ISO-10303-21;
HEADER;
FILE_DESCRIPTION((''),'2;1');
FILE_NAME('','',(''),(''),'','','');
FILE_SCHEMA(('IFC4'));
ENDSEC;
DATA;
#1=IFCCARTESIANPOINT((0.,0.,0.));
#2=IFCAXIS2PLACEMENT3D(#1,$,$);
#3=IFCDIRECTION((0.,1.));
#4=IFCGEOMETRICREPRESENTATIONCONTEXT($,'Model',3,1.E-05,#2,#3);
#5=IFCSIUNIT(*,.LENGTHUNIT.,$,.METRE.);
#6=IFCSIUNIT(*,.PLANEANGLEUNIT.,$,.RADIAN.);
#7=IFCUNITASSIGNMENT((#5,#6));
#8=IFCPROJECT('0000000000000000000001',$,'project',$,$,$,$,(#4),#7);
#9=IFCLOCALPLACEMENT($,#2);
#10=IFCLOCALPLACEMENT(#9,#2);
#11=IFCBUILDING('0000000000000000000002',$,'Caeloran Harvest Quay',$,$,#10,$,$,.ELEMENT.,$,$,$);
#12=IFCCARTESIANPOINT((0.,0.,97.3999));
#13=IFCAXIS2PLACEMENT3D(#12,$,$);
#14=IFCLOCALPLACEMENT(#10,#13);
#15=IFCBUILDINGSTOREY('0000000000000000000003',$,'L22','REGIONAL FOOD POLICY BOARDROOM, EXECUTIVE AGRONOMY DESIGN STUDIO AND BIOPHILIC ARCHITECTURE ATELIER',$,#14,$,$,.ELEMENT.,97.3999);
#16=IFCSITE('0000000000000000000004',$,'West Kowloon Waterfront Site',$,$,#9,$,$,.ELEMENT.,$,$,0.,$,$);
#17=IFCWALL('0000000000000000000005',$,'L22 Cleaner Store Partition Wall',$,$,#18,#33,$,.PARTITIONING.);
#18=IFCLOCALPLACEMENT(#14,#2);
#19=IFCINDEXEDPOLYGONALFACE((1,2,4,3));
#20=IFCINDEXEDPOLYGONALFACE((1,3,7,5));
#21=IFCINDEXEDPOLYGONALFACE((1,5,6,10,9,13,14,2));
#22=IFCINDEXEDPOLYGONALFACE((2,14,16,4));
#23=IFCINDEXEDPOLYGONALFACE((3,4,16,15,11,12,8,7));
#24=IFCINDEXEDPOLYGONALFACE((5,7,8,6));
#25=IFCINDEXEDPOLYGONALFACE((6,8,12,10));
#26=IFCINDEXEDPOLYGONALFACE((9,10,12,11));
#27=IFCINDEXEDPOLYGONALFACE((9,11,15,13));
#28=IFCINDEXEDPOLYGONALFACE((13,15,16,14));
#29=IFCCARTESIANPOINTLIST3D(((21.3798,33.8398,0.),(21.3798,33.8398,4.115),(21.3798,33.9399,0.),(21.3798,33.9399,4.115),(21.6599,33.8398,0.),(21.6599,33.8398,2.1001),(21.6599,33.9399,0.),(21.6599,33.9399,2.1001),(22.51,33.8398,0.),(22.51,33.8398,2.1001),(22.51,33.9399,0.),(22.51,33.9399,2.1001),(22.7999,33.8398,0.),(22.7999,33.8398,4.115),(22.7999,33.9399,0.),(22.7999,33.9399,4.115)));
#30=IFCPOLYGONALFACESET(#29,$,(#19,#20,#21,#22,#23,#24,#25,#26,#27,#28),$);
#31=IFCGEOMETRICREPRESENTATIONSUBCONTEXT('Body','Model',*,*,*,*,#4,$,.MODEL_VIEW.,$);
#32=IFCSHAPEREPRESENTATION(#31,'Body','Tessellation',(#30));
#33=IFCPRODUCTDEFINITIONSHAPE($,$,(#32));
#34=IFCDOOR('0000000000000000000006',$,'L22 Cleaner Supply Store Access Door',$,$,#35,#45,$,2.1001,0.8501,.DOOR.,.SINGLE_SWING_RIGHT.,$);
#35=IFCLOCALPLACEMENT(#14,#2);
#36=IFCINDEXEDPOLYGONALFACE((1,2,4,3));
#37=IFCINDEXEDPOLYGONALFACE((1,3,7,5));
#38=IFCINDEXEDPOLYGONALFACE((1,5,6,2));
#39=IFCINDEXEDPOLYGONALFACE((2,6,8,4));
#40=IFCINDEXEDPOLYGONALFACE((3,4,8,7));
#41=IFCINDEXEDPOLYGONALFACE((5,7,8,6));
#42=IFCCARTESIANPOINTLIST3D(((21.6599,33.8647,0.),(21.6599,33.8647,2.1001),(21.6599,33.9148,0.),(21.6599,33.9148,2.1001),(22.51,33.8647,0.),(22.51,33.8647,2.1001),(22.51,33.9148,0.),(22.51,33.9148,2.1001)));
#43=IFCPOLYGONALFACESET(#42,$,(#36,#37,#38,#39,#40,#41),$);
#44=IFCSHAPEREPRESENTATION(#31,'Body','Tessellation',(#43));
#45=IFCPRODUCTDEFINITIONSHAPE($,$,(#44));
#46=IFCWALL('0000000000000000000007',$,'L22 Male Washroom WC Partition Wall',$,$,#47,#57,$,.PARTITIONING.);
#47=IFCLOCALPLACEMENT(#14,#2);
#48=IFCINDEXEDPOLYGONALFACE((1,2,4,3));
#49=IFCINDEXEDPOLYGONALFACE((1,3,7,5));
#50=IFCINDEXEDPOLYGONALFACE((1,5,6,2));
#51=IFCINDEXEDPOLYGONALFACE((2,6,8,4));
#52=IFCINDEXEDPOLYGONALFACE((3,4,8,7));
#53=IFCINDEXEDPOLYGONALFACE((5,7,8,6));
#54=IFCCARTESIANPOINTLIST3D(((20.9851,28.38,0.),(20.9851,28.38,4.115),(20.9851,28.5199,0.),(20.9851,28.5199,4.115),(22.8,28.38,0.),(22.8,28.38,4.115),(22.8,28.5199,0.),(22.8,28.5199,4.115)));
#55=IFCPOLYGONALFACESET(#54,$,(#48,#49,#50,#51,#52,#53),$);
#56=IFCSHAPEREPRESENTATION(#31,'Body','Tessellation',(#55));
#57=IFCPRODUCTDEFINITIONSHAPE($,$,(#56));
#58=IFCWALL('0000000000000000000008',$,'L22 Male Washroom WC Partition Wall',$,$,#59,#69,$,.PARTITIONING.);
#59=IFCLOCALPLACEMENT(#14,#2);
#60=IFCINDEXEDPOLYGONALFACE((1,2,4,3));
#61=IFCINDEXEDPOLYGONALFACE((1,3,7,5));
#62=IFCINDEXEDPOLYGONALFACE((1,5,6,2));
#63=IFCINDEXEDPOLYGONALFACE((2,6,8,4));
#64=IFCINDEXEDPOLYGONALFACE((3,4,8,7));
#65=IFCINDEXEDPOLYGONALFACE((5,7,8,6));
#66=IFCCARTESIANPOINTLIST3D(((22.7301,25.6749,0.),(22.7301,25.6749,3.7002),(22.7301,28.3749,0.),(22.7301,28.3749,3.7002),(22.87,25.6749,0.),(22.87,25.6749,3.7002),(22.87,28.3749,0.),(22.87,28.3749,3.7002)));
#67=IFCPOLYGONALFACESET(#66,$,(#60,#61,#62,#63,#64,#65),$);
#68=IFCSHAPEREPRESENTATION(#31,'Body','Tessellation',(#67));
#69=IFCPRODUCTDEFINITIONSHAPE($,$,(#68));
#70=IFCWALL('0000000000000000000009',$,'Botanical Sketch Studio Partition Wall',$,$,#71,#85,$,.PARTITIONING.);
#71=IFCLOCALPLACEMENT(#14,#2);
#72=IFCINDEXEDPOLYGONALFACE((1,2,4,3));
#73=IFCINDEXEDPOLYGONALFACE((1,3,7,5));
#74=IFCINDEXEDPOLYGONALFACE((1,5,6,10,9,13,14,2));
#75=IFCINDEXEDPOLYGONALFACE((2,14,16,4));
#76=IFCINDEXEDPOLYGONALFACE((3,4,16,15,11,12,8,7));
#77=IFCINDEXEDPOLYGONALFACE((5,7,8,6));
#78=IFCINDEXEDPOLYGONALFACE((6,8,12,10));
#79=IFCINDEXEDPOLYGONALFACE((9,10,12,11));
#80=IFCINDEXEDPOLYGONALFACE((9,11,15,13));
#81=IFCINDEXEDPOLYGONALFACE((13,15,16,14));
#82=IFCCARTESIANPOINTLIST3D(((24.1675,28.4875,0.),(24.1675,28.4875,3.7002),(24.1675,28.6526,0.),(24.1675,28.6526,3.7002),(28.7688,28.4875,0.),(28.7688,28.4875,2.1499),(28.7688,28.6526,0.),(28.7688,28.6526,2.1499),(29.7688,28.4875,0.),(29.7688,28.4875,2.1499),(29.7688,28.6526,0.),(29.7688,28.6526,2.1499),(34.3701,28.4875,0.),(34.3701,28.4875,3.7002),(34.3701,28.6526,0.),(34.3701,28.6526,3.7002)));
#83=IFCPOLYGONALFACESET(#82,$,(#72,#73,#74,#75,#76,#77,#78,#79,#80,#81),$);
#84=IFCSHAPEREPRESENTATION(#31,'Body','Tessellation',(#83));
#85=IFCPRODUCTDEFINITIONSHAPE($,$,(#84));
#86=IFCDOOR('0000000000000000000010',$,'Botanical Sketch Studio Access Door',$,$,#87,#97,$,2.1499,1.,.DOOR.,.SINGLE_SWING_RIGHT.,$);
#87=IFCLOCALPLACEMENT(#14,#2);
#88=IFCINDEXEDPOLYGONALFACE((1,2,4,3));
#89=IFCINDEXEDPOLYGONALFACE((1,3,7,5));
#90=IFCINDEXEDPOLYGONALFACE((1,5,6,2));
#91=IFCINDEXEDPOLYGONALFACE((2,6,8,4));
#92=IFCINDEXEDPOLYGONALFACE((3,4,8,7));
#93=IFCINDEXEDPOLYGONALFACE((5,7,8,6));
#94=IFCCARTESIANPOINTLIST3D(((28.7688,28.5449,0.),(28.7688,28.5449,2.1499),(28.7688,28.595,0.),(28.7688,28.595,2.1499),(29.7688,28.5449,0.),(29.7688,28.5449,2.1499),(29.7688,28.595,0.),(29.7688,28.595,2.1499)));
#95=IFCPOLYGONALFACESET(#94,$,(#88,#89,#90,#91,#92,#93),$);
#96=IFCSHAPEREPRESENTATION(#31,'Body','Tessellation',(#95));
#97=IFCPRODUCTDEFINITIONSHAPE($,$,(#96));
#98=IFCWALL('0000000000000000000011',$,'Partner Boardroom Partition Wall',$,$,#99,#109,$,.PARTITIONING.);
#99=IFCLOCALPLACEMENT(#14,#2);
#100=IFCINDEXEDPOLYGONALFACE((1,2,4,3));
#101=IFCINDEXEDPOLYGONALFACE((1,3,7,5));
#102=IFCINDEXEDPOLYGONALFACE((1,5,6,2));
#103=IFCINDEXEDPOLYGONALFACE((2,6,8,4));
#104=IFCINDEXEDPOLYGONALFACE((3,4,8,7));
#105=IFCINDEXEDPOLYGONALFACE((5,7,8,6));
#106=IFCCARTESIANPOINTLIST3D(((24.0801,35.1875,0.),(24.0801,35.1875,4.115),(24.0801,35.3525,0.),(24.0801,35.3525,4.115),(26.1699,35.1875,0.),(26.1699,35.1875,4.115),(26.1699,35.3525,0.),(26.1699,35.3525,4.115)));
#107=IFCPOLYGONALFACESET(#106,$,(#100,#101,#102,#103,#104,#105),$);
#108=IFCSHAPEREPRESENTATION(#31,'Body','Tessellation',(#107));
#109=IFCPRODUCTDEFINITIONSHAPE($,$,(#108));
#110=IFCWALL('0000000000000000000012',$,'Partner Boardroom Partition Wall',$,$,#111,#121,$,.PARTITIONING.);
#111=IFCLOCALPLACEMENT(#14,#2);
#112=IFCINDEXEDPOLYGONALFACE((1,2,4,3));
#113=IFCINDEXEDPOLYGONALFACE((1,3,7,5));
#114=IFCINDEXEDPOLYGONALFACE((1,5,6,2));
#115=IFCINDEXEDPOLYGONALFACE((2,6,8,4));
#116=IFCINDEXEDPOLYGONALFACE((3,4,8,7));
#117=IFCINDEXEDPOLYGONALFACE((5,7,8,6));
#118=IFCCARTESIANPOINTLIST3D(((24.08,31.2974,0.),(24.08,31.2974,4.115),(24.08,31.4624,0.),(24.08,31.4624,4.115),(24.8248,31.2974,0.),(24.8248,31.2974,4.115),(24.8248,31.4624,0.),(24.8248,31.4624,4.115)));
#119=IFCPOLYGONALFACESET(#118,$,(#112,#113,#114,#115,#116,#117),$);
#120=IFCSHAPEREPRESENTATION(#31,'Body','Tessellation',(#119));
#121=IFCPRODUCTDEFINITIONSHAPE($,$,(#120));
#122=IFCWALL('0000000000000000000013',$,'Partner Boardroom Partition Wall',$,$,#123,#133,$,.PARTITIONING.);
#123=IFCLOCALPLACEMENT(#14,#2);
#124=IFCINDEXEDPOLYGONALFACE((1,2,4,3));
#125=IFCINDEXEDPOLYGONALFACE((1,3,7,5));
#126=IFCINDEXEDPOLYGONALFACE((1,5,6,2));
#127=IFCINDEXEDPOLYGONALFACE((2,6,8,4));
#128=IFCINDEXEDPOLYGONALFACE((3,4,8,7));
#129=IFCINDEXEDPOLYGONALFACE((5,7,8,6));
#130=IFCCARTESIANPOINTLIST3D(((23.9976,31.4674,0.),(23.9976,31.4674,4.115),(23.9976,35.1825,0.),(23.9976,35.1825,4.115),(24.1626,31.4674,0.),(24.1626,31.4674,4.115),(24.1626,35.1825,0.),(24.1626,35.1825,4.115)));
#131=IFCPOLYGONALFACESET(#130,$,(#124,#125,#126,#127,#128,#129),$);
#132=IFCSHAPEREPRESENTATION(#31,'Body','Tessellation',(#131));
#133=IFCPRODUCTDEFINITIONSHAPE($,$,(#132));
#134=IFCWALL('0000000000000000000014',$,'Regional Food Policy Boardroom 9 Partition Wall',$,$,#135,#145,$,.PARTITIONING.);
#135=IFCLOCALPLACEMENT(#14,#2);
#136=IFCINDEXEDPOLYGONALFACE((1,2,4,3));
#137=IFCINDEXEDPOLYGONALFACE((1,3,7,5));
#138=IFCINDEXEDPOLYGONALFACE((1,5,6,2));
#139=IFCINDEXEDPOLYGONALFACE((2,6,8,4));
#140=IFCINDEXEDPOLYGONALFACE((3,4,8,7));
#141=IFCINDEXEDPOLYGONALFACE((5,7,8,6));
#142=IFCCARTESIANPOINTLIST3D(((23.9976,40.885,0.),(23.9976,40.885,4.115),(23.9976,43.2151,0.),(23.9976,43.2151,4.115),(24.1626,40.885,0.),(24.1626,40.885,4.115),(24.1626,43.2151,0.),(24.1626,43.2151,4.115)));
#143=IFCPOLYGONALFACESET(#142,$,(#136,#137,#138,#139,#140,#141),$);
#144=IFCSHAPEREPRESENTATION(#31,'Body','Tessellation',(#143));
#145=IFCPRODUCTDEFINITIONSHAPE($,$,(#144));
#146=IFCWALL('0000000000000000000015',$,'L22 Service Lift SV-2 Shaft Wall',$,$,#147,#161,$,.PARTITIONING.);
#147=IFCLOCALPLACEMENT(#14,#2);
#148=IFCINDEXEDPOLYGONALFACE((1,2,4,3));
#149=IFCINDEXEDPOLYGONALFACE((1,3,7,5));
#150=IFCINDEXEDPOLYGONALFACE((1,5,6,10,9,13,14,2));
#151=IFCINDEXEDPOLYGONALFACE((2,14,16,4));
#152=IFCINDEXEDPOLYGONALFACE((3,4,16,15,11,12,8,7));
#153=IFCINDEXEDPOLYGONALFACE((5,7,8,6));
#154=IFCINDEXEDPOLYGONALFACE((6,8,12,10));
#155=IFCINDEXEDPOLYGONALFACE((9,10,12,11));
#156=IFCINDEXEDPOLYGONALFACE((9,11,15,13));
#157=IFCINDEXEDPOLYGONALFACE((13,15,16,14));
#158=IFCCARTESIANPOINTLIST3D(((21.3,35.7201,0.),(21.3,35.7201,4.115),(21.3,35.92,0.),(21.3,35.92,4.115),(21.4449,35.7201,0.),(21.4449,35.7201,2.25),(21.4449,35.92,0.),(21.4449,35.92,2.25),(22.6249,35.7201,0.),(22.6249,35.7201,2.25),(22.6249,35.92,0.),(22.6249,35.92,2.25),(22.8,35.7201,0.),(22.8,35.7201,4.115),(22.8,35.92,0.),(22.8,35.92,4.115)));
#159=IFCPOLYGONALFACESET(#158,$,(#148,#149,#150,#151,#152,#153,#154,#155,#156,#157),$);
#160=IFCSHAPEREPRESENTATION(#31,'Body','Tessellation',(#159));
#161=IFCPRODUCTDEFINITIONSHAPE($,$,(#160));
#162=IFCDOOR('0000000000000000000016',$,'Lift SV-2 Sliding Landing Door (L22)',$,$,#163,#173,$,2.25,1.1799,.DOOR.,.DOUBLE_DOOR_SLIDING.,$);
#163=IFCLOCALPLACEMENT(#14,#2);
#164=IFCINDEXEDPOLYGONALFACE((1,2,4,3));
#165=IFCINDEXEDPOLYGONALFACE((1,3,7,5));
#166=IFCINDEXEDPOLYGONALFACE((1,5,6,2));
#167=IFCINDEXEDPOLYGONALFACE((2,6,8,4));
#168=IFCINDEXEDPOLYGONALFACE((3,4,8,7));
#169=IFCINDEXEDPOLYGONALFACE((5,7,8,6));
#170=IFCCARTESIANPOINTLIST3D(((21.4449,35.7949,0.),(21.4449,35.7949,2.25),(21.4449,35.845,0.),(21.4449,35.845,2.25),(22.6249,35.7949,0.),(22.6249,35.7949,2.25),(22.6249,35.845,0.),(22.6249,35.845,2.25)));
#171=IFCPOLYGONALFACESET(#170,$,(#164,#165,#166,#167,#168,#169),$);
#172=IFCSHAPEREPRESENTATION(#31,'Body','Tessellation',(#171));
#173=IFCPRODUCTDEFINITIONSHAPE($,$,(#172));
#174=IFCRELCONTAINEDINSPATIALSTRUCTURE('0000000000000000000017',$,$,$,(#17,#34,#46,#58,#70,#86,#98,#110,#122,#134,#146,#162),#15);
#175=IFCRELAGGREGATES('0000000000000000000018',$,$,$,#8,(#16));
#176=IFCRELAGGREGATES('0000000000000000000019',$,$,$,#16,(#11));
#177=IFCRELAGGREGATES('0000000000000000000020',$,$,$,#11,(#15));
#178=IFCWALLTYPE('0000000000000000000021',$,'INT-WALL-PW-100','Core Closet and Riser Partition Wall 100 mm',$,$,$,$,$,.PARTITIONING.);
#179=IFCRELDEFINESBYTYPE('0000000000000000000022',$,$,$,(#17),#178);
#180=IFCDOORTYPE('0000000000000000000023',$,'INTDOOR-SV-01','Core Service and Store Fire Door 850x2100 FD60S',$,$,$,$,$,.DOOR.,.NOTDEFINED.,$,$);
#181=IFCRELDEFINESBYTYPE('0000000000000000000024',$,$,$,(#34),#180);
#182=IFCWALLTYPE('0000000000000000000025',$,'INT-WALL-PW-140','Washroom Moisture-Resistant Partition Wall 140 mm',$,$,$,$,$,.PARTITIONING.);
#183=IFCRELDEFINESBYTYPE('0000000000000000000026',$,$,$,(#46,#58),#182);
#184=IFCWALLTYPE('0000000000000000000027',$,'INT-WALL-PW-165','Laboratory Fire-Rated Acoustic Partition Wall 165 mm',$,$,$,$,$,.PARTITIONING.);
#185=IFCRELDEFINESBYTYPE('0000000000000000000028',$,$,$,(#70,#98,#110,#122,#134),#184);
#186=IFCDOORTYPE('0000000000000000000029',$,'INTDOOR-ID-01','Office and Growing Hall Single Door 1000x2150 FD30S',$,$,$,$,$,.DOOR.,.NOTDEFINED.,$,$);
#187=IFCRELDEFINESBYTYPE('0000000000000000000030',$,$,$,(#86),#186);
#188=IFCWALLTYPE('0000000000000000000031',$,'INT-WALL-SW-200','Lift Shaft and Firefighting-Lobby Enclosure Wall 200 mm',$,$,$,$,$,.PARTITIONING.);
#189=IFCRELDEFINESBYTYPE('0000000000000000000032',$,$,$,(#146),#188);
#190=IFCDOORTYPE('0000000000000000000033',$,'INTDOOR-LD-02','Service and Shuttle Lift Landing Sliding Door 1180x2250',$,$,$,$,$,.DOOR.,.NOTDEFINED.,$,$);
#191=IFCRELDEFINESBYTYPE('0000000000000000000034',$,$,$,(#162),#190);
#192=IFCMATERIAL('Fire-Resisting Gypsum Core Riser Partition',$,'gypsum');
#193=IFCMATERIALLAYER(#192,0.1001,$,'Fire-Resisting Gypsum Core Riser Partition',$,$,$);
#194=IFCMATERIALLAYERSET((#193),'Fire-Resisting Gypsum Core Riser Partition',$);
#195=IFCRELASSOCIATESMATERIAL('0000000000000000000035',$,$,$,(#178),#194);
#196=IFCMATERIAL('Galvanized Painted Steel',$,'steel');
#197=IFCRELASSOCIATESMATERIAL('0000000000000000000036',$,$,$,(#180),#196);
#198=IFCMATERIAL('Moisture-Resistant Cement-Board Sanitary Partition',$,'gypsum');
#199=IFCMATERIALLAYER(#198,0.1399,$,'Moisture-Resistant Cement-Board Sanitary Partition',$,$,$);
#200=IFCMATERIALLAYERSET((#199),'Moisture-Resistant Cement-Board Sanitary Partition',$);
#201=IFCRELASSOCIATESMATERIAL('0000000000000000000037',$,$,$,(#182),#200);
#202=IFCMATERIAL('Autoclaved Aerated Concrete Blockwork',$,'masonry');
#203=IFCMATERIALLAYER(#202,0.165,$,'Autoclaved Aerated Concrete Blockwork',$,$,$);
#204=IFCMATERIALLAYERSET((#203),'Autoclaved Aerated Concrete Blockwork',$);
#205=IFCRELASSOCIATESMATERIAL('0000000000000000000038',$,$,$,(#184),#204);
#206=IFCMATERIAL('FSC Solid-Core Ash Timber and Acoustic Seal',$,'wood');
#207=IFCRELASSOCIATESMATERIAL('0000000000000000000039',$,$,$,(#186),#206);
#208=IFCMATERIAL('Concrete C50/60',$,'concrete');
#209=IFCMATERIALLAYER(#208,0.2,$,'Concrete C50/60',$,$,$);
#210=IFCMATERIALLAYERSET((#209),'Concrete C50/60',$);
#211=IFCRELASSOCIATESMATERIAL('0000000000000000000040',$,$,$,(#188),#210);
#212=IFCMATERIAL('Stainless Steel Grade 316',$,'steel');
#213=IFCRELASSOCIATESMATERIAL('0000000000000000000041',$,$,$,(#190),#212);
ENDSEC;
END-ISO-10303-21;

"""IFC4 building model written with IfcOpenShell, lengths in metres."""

from ifc_helpers import new_model, si_unit, direction, frame, frame_2d, origin, place, context, subcontext, project, spatial, rectangle, extrude, material, layer, layer_set, type_object, element, fill, save


model = new_model("IFC4")

# Units and contexts
model_context = context("Model", 3, precision=1e-05, world=origin(), true_north=direction((0.0, 1.0)))
body_context = subcontext(model_context, "Body", "Model", "MODEL_VIEW")
ifc_project = project(units=[si_unit("LENGTHUNIT", "METRE"), si_unit("PLANEANGLEUNIT", "RADIAN")], contexts=[model_context])

# Site, building, storey
site_placement = place(None, origin())
site = spatial("IfcSite", under=ifc_project, at=site_placement, Name="West Kowloon Waterfront Site", CompositionType="ELEMENT", RefElevation=0.0)
building_placement = place(site_placement, origin())
building = spatial("IfcBuilding", under=site, at=building_placement, Name="Caeloran Harvest Quay", CompositionType="ELEMENT")
storey_placement = place(building_placement, frame((0.0, 0.0, 97.3999)))
storey = spatial("IfcBuildingStorey", under=building, at=storey_placement, Name="L22", Description="REGIONAL FOOD POLICY BOARDROOM, EXECUTIVE AGRONOMY DESIGN STUDIO AND BIOPHILIC ARCHITECTURE ATELIER", CompositionType="ELEMENT", Elevation=97.3999)

# Wall, opening, door
ifc_material_1 = material(Name="Fire-Resisting Gypsum Core Riser Partition", Category="gypsum")
ifc_layer_1 = layer(ifc_material_1, 0.1001, Name="Fire-Resisting Gypsum Core Riser Partition")
ifc_layer_set_1 = layer_set([ifc_layer_1], Name="Fire-Resisting Gypsum Core Riser Partition")
wall_type_1 = type_object("IfcWallType", Name="INT-WALL-PW-100", Description="Core Closet and Riser Partition Wall 100 mm", PredefinedType="PARTITIONING", material=ifc_layer_set_1)
wall_1_placement = place(storey_placement, frame((21.3799, 33.8899, 0.0), z_axis=(0.0, 0.0, 1.0), x_axis=(1.0, 0.0, 0.0)))
wall_1 = element("IfcWall", 1, at=wall_1_placement, inside=storey, type_object=wall_type_1, Name="L22 Cleaner Store Partition Wall", PredefinedType="PARTITIONING", context=body_context, shape_type="SweptSolid", body=[
    extrude(rectangle(XDim=1.4202, YDim=0.1001, at=frame_2d((0.71, 0.0))), origin(), (0.0, 0.0, 1.0), 4.115),
])
opening_1_placement = place(wall_1_placement, frame((0.28, 0.0, 0.0)))
opening_1 = element("IfcOpeningElement", 2, at=opening_1_placement, cuts=wall_1, PredefinedType="OPENING", context=body_context, shape_type="SweptSolid", body=[
    extrude(rectangle(XDim=0.8501, YDim=2.1001, at=frame_2d((0.425, 1.05))), frame((0.0, 0.0601, 0.0), z_axis=(0.0, -1.0, 0.0), x_axis=(1.0, 0.0, 0.0)), (0.0, 0.0, 1.0), 0.1201),
])
ifc_material_2 = material(Name="Galvanized Painted Steel", Category="steel")
door_type_1 = type_object("IfcDoorType", Name="INTDOOR-SV-01", Description="Core Service and Store Fire Door 850x2100 FD60S", OperationType="NOTDEFINED", PredefinedType="DOOR", material=ifc_material_2)
door_1_placement = place(opening_1_placement, origin())
door_1 = element("IfcDoor", 3, at=door_1_placement, inside=storey, type_object=door_type_1, Name="L22 Cleaner Supply Store Access Door", OperationType="SINGLE_SWING_RIGHT", OverallHeight=2.1001, OverallWidth=0.8501, PredefinedType="DOOR", context=body_context, shape_type="SweptSolid", body=[
    extrude(rectangle(XDim=0.8501, YDim=2.1001, at=frame_2d((0.425, 1.05))), frame((0.0, 0.0249, 0.0), z_axis=(0.0, -1.0, 0.0), x_axis=(1.0, 0.0, 0.0)), (0.0, 0.0, 1.0), 0.05),
])
fill(opening_1, door_1)

# Walls
ifc_material_3 = material(Name="Moisture-Resistant Cement-Board Sanitary Partition", Category="gypsum")
ifc_layer_2 = layer(ifc_material_3, 0.1399, Name="Moisture-Resistant Cement-Board Sanitary Partition")
ifc_layer_set_2 = layer_set([ifc_layer_2], Name="Moisture-Resistant Cement-Board Sanitary Partition")
wall_type_2 = type_object("IfcWallType", Name="INT-WALL-PW-140", Description="Washroom Moisture-Resistant Partition Wall 140 mm", PredefinedType="PARTITIONING", material=ifc_layer_set_2)
wall_2_placement = place(storey_placement, frame((20.9851, 28.45, 0.0), z_axis=(0.0, 0.0, 1.0), x_axis=(1.0, 0.0, 0.0)))
element("IfcWall", 4, at=wall_2_placement, inside=storey, type_object=wall_type_2, Name="L22 Male Washroom WC Partition Wall", PredefinedType="PARTITIONING", context=body_context, shape_type="SweptSolid", body=[
    extrude(rectangle(XDim=1.8149, YDim=0.1399, at=frame_2d((0.9075, 0.0))), origin(), (0.0, 0.0, 1.0), 4.115),
])
wall_3_placement = place(storey_placement, frame((22.8, 28.375, 0.0), z_axis=(0.0, 0.0, 1.0), x_axis=(0.0, -1.0, 0.0)))
element("IfcWall", 5, at=wall_3_placement, inside=storey, type_object=wall_type_2, Name="L22 Male Washroom WC Partition Wall", PredefinedType="PARTITIONING", context=body_context, shape_type="SweptSolid", body=[
    extrude(rectangle(XDim=2.7, YDim=0.1399, at=frame_2d((1.3501, 0.0))), origin(), (0.0, 0.0, 1.0), 3.7002),
])

# Wall, opening, door
ifc_material_4 = material(Name="Autoclaved Aerated Concrete Blockwork", Category="masonry")
ifc_layer_3 = layer(ifc_material_4, 0.165, Name="Autoclaved Aerated Concrete Blockwork")
ifc_layer_set_3 = layer_set([ifc_layer_3], Name="Autoclaved Aerated Concrete Blockwork")
wall_type_3 = type_object("IfcWallType", Name="INT-WALL-PW-165", Description="Laboratory Fire-Rated Acoustic Partition Wall 165 mm", PredefinedType="PARTITIONING", material=ifc_layer_set_3)
wall_4_placement = place(storey_placement, frame((24.1675, 28.5701, 0.0), z_axis=(0.0, 0.0, 1.0), x_axis=(1.0, 0.0, 0.0)))
wall_4 = element("IfcWall", 6, at=wall_4_placement, inside=storey, type_object=wall_type_3, Name="Botanical Sketch Studio Partition Wall", PredefinedType="PARTITIONING", context=body_context, shape_type="SweptSolid", body=[
    extrude(rectangle(XDim=10.2026, YDim=0.165, at=frame_2d((5.1013, 0.0))), origin(), (0.0, 0.0, 1.0), 3.7002),
])
opening_2_placement = place(wall_4_placement, frame((4.6013, 0.0, 0.0)))
opening_2 = element("IfcOpeningElement", 7, at=opening_2_placement, cuts=wall_4, PredefinedType="OPENING", context=body_context, shape_type="SweptSolid", body=[
    extrude(rectangle(XDim=1.0, YDim=2.1499, at=frame_2d((0.5, 1.075))), frame((0.0, 0.0925, 0.0), z_axis=(0.0, -1.0, 0.0), x_axis=(1.0, 0.0, 0.0)), (0.0, 0.0, 1.0), 0.1851),
])
ifc_material_5 = material(Name="FSC Solid-Core Ash Timber and Acoustic Seal", Category="wood")
door_type_2 = type_object("IfcDoorType", Name="INTDOOR-ID-01", Description="Office and Growing Hall Single Door 1000x2150 FD30S", OperationType="NOTDEFINED", PredefinedType="DOOR", material=ifc_material_5)
door_2_placement = place(opening_2_placement, origin())
door_2 = element("IfcDoor", 8, at=door_2_placement, inside=storey, type_object=door_type_2, Name="Botanical Sketch Studio Access Door", OperationType="SINGLE_SWING_RIGHT", OverallHeight=2.1499, OverallWidth=1.0, PredefinedType="DOOR", context=body_context, shape_type="SweptSolid", body=[
    extrude(rectangle(XDim=1.0, YDim=2.1499, at=frame_2d((0.5, 1.075))), frame((0.0, 0.0249, 0.0), z_axis=(0.0, -1.0, 0.0), x_axis=(1.0, 0.0, 0.0)), (0.0, 0.0, 1.0), 0.05),
])
fill(opening_2, door_2)

# Walls
wall_5_placement = place(storey_placement, frame((24.0801, 35.27, 0.0), z_axis=(0.0, 0.0, 1.0), x_axis=(1.0, 0.0, 0.0)))
element("IfcWall", 9, at=wall_5_placement, inside=storey, type_object=wall_type_3, Name="Partner Boardroom Partition Wall", PredefinedType="PARTITIONING", context=body_context, shape_type="SweptSolid", body=[
    extrude(rectangle(XDim=2.0898, YDim=0.165, at=frame_2d((1.0449, 0.0))), origin(), (0.0, 0.0, 1.0), 4.115),
])
wall_6_placement = place(storey_placement, frame((24.825, 31.3799, 0.0), z_axis=(0.0, 0.0, 1.0), x_axis=(-1.0, 0.0, 0.0)))
element("IfcWall", 10, at=wall_6_placement, inside=storey, type_object=wall_type_3, Name="Partner Boardroom Partition Wall", PredefinedType="PARTITIONING", context=body_context, shape_type="SweptSolid", body=[
    extrude(rectangle(XDim=0.7449, YDim=0.165, at=frame_2d((0.3726, 0.0))), origin(), (0.0, 0.0, 1.0), 4.115),
])
wall_7_placement = place(storey_placement, frame((24.0801, 31.4675, 0.0), z_axis=(0.0, 0.0, 1.0), x_axis=(0.0, 1.0, 0.0)))
element("IfcWall", 11, at=wall_7_placement, inside=storey, type_object=wall_type_3, Name="Partner Boardroom Partition Wall", PredefinedType="PARTITIONING", context=body_context, shape_type="SweptSolid", body=[
    extrude(rectangle(XDim=3.7151, YDim=0.165, at=frame_2d((1.8574, 0.0))), origin(), (0.0, 0.0, 1.0), 4.115),
])
wall_8_placement = place(storey_placement, frame((24.0801, 40.885, 0.0), z_axis=(0.0, 0.0, 1.0), x_axis=(0.0, 1.0, 0.0)))
element("IfcWall", 12, at=wall_8_placement, inside=storey, type_object=wall_type_3, Name="Regional Food Policy Boardroom 9 Partition Wall", PredefinedType="PARTITIONING", context=body_context, shape_type="SweptSolid", body=[
    extrude(rectangle(XDim=2.3301, YDim=0.165, at=frame_2d((1.165, 0.0))), origin(), (0.0, 0.0, 1.0), 4.115),
])

# Wall, opening, door
ifc_material_6 = material(Name="Concrete C50/60", Category="concrete")
ifc_layer_4 = layer(ifc_material_6, 0.2, Name="Concrete C50/60")
ifc_layer_set_4 = layer_set([ifc_layer_4], Name="Concrete C50/60")
wall_type_4 = type_object("IfcWallType", Name="INT-WALL-SW-200", Description="Lift Shaft and Firefighting-Lobby Enclosure Wall 200 mm", PredefinedType="PARTITIONING", material=ifc_layer_set_4)
wall_9_placement = place(storey_placement, frame((21.3, 35.8201, 0.0), z_axis=(0.0, 0.0, 1.0), x_axis=(1.0, 0.0, 0.0)))
wall_9 = element("IfcWall", 13, at=wall_9_placement, inside=storey, type_object=wall_type_4, Name="L22 Service Lift SV-2 Shaft Wall", PredefinedType="PARTITIONING", context=body_context, shape_type="SweptSolid", body=[
    extrude(rectangle(XDim=1.5, YDim=0.2, at=frame_2d((0.75, 0.0))), origin(), (0.0, 0.0, 1.0), 4.115),
])
opening_3_placement = place(wall_9_placement, frame((0.145, 0.0, 0.0)))
opening_3 = element("IfcOpeningElement", 14, at=opening_3_placement, cuts=wall_9, PredefinedType="OPENING", context=body_context, shape_type="SweptSolid", body=[
    extrude(rectangle(XDim=1.1799, YDim=2.25, at=frame_2d((0.5898, 1.125))), frame((0.0, 0.1099, 0.0), z_axis=(0.0, -1.0, 0.0), x_axis=(1.0, 0.0, 0.0)), (0.0, 0.0, 1.0), 0.22),
])
ifc_material_7 = material(Name="Stainless Steel Grade 316", Category="steel")
door_type_3 = type_object("IfcDoorType", Name="INTDOOR-LD-02", Description="Service and Shuttle Lift Landing Sliding Door 1180x2250", OperationType="NOTDEFINED", PredefinedType="DOOR", material=ifc_material_7)
door_3_placement = place(opening_3_placement, origin())
door_3 = element("IfcDoor", 15, at=door_3_placement, inside=storey, type_object=door_type_3, Name="Lift SV-2 Sliding Landing Door (L22)", OperationType="DOUBLE_DOOR_SLIDING", OverallHeight=2.25, OverallWidth=1.1799, PredefinedType="DOOR", context=body_context, shape_type="SweptSolid", body=[
    extrude(rectangle(XDim=1.1799, YDim=2.25, at=frame_2d((0.5898, 1.125))), frame((0.0, 0.0249, 0.0), z_axis=(0.0, -1.0, 0.0), x_axis=(1.0, 0.0, 0.0)), (0.0, 0.0, 1.0), 0.05),
])
fill(opening_3, door_3)

save(model, "model.ifc")
